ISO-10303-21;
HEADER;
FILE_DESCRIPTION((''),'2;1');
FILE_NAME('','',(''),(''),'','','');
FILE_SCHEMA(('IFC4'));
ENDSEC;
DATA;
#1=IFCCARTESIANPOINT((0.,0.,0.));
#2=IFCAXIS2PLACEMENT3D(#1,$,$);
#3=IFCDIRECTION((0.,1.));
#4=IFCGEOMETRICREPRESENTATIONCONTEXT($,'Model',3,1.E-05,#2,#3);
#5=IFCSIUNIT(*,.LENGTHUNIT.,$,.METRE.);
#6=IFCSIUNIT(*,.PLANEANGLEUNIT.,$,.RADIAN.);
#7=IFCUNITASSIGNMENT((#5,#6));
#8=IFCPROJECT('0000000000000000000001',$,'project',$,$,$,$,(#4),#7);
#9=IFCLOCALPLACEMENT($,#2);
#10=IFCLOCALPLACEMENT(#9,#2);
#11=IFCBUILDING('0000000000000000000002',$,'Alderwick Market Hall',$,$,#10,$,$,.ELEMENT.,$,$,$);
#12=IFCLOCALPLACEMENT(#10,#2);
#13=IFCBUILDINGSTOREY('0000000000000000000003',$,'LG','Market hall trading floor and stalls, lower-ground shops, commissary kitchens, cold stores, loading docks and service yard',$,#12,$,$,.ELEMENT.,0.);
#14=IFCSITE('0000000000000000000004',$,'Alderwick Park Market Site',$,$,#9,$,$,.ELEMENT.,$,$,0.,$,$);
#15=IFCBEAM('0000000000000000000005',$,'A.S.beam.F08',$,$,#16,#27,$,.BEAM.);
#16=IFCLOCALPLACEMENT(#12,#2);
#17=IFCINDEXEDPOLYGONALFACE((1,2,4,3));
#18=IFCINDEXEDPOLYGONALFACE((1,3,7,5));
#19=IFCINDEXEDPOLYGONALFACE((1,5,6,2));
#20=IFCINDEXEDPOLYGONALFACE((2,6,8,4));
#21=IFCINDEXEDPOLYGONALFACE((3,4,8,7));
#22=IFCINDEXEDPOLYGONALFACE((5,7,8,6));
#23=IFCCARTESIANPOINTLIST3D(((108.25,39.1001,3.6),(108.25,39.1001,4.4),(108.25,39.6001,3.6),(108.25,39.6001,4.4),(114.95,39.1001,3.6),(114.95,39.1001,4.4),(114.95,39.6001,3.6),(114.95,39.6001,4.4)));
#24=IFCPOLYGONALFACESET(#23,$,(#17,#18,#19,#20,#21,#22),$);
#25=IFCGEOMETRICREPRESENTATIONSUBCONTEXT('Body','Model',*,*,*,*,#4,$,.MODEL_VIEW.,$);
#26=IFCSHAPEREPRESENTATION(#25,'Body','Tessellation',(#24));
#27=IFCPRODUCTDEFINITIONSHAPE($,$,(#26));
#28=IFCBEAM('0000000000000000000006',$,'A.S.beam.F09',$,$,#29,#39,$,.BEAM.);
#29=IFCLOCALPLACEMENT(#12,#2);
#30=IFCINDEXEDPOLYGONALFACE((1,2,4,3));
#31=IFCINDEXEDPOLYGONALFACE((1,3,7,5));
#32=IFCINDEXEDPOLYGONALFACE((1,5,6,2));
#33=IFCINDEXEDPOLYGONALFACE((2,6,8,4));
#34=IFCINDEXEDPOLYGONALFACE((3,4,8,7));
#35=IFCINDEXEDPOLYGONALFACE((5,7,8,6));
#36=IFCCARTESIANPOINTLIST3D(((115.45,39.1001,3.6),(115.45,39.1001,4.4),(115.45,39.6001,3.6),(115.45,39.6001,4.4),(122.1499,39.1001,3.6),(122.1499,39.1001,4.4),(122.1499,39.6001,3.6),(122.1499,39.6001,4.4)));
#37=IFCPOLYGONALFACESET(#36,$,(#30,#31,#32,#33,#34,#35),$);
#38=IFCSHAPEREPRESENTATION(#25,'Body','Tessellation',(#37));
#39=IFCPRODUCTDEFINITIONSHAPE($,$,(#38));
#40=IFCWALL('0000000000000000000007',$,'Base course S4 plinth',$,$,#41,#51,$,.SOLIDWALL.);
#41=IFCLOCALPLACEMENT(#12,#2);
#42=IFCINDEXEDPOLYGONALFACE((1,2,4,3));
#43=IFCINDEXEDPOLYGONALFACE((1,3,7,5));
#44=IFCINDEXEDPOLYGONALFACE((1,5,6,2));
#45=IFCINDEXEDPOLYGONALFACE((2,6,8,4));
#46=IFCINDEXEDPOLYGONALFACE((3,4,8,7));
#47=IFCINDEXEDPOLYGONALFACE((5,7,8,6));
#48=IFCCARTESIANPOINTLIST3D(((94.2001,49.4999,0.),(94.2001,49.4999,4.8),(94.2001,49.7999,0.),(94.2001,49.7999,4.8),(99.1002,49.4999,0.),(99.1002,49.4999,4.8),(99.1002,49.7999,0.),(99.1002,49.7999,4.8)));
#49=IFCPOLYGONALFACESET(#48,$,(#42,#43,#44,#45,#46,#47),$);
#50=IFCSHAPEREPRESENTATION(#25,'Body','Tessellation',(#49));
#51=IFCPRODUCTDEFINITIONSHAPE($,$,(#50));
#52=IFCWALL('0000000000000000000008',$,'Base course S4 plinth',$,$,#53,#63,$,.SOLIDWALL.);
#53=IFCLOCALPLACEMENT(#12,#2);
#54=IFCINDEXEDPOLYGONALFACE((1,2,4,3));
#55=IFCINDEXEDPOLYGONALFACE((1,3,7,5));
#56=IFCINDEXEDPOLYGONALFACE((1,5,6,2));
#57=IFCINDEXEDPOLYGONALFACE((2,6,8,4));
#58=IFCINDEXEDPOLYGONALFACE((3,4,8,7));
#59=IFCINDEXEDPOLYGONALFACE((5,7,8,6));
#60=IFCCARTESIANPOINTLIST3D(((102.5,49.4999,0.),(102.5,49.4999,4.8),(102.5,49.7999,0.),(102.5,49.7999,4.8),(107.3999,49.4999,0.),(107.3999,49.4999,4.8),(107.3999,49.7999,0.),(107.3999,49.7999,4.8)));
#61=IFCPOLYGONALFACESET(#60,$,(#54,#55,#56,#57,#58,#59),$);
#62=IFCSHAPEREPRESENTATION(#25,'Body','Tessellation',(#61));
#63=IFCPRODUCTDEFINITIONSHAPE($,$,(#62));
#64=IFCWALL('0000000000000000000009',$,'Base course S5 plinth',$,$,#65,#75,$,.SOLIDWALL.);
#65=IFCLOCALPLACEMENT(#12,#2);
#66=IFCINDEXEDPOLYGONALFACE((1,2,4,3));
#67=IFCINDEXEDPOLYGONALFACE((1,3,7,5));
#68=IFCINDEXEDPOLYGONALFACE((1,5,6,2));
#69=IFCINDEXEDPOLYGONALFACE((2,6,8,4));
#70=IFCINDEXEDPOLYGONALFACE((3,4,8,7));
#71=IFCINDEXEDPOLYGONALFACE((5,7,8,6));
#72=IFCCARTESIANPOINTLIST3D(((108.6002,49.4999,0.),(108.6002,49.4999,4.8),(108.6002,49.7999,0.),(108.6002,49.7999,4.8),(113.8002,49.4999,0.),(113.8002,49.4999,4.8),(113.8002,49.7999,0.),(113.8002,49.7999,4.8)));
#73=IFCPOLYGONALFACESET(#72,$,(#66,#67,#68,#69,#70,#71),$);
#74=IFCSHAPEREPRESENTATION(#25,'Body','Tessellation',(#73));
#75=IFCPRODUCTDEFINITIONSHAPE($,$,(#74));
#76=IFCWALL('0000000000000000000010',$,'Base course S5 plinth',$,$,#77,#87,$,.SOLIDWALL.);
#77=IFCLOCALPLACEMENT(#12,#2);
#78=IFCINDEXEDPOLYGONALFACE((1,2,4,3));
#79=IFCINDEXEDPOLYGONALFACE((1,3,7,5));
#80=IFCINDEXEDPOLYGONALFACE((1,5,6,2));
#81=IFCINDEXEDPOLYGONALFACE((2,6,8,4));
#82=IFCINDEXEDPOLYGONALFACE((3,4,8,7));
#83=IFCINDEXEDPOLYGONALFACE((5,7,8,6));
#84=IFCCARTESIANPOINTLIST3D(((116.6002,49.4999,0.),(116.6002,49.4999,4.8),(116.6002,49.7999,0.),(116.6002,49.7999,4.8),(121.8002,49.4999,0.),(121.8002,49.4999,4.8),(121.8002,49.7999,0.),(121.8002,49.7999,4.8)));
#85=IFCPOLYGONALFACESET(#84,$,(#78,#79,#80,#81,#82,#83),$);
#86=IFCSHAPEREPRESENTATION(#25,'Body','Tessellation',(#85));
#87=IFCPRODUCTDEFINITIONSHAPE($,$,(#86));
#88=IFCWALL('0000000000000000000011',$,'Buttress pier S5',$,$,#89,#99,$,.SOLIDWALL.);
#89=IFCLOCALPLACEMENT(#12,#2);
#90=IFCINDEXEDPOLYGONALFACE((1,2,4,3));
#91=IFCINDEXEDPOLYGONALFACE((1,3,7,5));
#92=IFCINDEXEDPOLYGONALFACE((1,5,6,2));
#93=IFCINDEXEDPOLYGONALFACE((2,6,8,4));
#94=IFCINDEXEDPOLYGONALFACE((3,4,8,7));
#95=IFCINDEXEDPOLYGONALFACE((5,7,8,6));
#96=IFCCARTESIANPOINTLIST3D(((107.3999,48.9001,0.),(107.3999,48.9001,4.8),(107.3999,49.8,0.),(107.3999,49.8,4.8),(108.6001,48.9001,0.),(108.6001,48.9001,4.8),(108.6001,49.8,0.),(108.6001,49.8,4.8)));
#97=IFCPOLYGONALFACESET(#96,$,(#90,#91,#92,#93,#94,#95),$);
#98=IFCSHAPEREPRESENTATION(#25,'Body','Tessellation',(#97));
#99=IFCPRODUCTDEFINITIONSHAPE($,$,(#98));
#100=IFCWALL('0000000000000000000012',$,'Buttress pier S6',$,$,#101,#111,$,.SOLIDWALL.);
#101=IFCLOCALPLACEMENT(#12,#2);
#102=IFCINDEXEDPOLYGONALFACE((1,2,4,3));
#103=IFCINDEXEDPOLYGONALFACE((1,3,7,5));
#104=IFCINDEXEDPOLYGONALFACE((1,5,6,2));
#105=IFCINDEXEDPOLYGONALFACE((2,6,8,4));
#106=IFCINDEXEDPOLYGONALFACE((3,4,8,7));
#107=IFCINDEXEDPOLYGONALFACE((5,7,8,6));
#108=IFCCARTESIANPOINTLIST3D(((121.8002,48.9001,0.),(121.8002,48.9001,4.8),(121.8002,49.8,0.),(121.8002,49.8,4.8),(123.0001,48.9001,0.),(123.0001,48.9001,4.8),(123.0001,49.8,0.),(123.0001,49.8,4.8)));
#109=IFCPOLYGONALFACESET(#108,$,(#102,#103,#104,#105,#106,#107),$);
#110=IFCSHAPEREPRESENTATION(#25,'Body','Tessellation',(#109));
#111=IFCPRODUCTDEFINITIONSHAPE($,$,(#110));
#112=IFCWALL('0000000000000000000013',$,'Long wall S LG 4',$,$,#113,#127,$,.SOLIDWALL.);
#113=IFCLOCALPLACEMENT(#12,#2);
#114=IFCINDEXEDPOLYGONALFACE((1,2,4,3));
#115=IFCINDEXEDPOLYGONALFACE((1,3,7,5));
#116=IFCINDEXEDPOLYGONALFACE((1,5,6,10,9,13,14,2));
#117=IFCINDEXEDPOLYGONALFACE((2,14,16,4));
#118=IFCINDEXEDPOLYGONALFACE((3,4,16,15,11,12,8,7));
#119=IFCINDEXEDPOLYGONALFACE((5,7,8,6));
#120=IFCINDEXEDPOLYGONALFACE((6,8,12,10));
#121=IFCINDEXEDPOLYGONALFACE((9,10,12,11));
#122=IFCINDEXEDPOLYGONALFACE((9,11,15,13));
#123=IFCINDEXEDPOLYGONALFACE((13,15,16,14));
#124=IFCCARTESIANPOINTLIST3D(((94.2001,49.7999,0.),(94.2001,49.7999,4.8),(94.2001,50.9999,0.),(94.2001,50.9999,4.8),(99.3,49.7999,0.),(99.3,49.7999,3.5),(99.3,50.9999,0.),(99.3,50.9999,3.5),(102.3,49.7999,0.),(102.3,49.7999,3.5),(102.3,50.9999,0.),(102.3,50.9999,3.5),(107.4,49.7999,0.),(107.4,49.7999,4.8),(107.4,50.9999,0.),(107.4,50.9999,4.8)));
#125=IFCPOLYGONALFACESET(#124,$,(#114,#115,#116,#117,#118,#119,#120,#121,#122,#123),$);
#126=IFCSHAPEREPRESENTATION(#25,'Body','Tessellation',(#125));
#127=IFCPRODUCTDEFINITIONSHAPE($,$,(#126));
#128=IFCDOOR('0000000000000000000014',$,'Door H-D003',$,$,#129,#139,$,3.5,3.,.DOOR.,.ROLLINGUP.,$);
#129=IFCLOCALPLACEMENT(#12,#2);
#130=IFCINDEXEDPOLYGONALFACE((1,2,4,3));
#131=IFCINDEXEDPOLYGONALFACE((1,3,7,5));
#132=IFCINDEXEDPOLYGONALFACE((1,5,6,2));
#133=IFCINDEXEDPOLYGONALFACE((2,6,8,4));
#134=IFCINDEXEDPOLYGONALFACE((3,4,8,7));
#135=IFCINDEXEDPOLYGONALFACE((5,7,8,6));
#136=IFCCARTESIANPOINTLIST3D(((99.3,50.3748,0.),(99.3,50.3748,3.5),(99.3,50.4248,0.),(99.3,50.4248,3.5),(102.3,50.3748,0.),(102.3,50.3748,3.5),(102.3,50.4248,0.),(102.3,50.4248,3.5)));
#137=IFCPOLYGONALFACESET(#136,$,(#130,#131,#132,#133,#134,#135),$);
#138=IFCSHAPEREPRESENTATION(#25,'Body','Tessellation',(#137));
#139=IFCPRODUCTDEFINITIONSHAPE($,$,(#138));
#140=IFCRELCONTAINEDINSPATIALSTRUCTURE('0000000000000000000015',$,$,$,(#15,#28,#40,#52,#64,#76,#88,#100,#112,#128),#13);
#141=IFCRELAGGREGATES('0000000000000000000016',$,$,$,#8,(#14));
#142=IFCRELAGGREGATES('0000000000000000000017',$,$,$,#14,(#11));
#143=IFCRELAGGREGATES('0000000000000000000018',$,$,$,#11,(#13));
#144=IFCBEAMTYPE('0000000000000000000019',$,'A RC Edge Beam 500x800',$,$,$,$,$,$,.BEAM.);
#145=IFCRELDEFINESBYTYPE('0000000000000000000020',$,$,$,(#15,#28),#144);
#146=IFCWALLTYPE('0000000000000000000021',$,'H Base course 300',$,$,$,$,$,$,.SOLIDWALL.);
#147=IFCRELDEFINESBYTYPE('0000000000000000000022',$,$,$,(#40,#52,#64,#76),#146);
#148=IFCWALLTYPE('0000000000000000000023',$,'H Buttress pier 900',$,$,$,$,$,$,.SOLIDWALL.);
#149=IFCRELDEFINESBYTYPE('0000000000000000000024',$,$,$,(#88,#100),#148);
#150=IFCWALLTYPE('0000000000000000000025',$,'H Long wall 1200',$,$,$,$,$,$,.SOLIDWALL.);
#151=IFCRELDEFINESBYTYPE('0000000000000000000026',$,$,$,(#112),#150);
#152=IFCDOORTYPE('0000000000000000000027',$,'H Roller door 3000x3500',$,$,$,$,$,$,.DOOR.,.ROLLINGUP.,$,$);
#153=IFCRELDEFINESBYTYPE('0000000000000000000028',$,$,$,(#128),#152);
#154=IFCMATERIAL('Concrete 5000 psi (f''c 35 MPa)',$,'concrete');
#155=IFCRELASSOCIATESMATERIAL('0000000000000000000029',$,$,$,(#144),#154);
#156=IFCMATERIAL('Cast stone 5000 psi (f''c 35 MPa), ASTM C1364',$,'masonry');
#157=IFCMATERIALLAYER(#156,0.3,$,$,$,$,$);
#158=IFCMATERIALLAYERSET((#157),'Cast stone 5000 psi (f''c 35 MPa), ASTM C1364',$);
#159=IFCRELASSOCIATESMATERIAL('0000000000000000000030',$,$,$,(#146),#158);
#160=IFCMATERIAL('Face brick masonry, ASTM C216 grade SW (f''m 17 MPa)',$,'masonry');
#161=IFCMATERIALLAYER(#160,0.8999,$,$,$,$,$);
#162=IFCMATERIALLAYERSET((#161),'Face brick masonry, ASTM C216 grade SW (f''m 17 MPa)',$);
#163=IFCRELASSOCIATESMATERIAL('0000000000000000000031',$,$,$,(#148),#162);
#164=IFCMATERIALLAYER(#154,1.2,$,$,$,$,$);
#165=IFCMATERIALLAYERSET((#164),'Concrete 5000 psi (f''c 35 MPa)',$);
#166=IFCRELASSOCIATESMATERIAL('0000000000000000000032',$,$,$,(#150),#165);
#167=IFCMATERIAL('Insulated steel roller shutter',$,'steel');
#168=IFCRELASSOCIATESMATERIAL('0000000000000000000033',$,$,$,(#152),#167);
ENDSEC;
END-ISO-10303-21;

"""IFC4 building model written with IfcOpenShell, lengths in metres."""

from ifc_helpers import new_model, si_unit, direction, frame, frame_2d, origin, origin_2d, place, context, subcontext, project, spatial, rectangle, extrude, material, layer, layer_set, material_profile, profile_set, type_object, element, fill, save


model = new_model("IFC4")

# Units and contexts
model_context = context("Model", 3, precision=1e-05, world=origin(), true_north=direction((0.0, 1.0)))
body_context = subcontext(model_context, "Body", "Model", "MODEL_VIEW")
ifc_project = project(units=[si_unit("LENGTHUNIT", "METRE"), si_unit("PLANEANGLEUNIT", "RADIAN")], contexts=[model_context])

# Site, building, storey
site_placement = place(None, origin())
site = spatial("IfcSite", under=ifc_project, at=site_placement, Name="Alderwick Park Market Site", CompositionType="ELEMENT", RefElevation=0.0)
building_placement = place(site_placement, origin())
building = spatial("IfcBuilding", under=site, at=building_placement, Name="Alderwick Market Hall", CompositionType="ELEMENT")
storey_placement = place(building_placement, origin())
storey = spatial("IfcBuildingStorey", under=building, at=storey_placement, Name="LG", Description="Market hall trading floor and stalls, lower-ground shops, commissary kitchens, cold stores, loading docks and service yard", CompositionType="ELEMENT", Elevation=0.0)

# Shared definitions
ifc_material_1 = material(Name="Concrete 5000 psi (f'c 35 MPa)", Category="concrete")

# Beams
ifc_material_profile_1 = material_profile(ifc_material_1, rectangle(XDim=0.5, YDim=0.8, at=origin_2d()), Name="A RC Edge Beam 500x800")
ifc_profile_set_1 = profile_set([ifc_material_profile_1], Name="Concrete 5000 psi (f'c 35 MPa)")
beam_type_1 = type_object("IfcBeamType", Name="A RC Edge Beam 500x800", PredefinedType="BEAM", material=ifc_profile_set_1)
for number, where, z_axis, x_axis, name in (
    (1, (108.25, 39.3501, 4.0), (1.0, 0.0, 0.0), (0.0, 1.0, 0.0), "A.S.beam.F08"),
    (2, (115.45, 39.3501, 4.0), (1.0, 0.0, 0.0), (0.0, 1.0, 0.0), "A.S.beam.F09"),
):
    element("IfcBeam", number, at=place(storey_placement, frame(where, z_axis=z_axis, x_axis=x_axis)), inside=storey, type_object=beam_type_1, Name=name, PredefinedType="BEAM", context=body_context, shape_type="SweptSolid", body=[
        extrude(rectangle(XDim=0.5, YDim=0.8, at=origin_2d()), origin(), (0.0, 0.0, 1.0), 6.7),
    ])

# Walls
ifc_material_2 = material(Name="Cast stone 5000 psi (f'c 35 MPa), ASTM C1364", Category="masonry")
ifc_layer_1 = layer(ifc_material_2, 0.3)
ifc_layer_set_1 = layer_set([ifc_layer_1], Name="Cast stone 5000 psi (f'c 35 MPa), ASTM C1364")
wall_type_1 = type_object("IfcWallType", Name="H Base course 300", PredefinedType="SOLIDWALL", material=ifc_layer_set_1)
wall_1_placement = place(storey_placement, frame((94.2, 49.6499, 0.0), z_axis=(0.0, 0.0, 1.0), x_axis=(1.0, 0.0, 0.0)))
element("IfcWall", 3, at=wall_1_placement, inside=storey, type_object=wall_type_1, Name="Base course S4 plinth", PredefinedType="SOLIDWALL", context=body_context, shape_type="SweptSolid", body=[
    extrude(rectangle(XDim=4.9001, YDim=0.3, at=frame_2d((2.4502, 0.0))), origin(), (0.0, 0.0, 1.0), 4.8),
])
wall_2_placement = place(storey_placement, frame((102.5, 49.6499, 0.0), z_axis=(0.0, 0.0, 1.0), x_axis=(1.0, 0.0, 0.0)))
element("IfcWall", 4, at=wall_2_placement, inside=storey, type_object=wall_type_1, Name="Base course S4 plinth", PredefinedType="SOLIDWALL", context=body_context, shape_type="SweptSolid", body=[
    extrude(rectangle(XDim=4.8999, YDim=0.3, at=frame_2d((2.45, 0.0))), origin(), (0.0, 0.0, 1.0), 4.8),
])
for number, where, z_axis, x_axis, name in (
    (5, (108.6001, 49.6499, 0.0), (0.0, 0.0, 1.0), (1.0, 0.0, 0.0), "Base course S5 plinth"),
    (6, (116.6001, 49.6499, 0.0), (0.0, 0.0, 1.0), (1.0, 0.0, 0.0), "Base course S5 plinth"),
):
    element("IfcWall", number, at=place(storey_placement, frame(where, z_axis=z_axis, x_axis=x_axis)), inside=storey, type_object=wall_type_1, Name=name, PredefinedType="SOLIDWALL", context=body_context, shape_type="SweptSolid", body=[
        extrude(rectangle(XDim=5.2, YDim=0.3, at=frame_2d((2.6001, 0.0))), origin(), (0.0, 0.0, 1.0), 4.8),
    ])
ifc_material_3 = material(Name="Face brick masonry, ASTM C216 grade SW (f'm 17 MPa)", Category="masonry")
ifc_layer_2 = layer(ifc_material_3, 0.8999)
ifc_layer_set_2 = layer_set([ifc_layer_2], Name="Face brick masonry, ASTM C216 grade SW (f'm 17 MPa)")
wall_type_2 = type_object("IfcWallType", Name="H Buttress pier 900", PredefinedType="SOLIDWALL", material=ifc_layer_set_2)
wall_3_placement = place(storey_placement, frame((107.3999, 49.3501, 0.0), z_axis=(0.0, 0.0, 1.0), x_axis=(1.0, 0.0, 0.0)))
element("IfcWall", 7, at=wall_3_placement, inside=storey, type_object=wall_type_2, Name="Buttress pier S5", PredefinedType="SOLIDWALL", context=body_context, shape_type="SweptSolid", body=[
    extrude(rectangle(XDim=1.2002, YDim=0.8999, at=frame_2d((0.6001, 0.0))), origin(), (0.0, 0.0, 1.0), 4.8),
])
wall_4_placement = place(storey_placement, frame((121.8, 49.3501, 0.0), z_axis=(0.0, 0.0, 1.0), x_axis=(1.0, 0.0, 0.0)))
element("IfcWall", 8, at=wall_4_placement, inside=storey, type_object=wall_type_2, Name="Buttress pier S6", PredefinedType="SOLIDWALL", context=body_context, shape_type="SweptSolid", body=[
    extrude(rectangle(XDim=1.2, YDim=0.8999, at=frame_2d((0.6001, 0.0))), origin(), (0.0, 0.0, 1.0), 4.8),
])

# Wall, opening, door
ifc_layer_3 = layer(ifc_material_1, 1.2)
ifc_layer_set_3 = layer_set([ifc_layer_3], Name="Concrete 5000 psi (f'c 35 MPa)")
wall_type_3 = type_object("IfcWallType", Name="H Long wall 1200", PredefinedType="SOLIDWALL", material=ifc_layer_set_3)
wall_5_placement = place(storey_placement, frame((94.2, 50.3999, 0.0), z_axis=(0.0, 0.0, 1.0), x_axis=(1.0, 0.0, 0.0)))
wall_5 = element("IfcWall", 9, at=wall_5_placement, inside=storey, type_object=wall_type_3, Name="Long wall S LG 4", PredefinedType="SOLIDWALL", context=body_context, shape_type="SweptSolid", body=[
    extrude(rectangle(XDim=13.2, YDim=1.2, at=frame_2d((6.6001, 0.0))), origin(), (0.0, 0.0, 1.0), 4.8),
])
opening_1_placement = place(wall_5_placement, frame((5.1001, 0.0, 0.0)))
opening_1 = element("IfcOpeningElement", 10, at=opening_1_placement, cuts=wall_5, PredefinedType="OPENING", context=body_context, shape_type="SweptSolid", body=[
    extrude(rectangle(XDim=3.0, YDim=3.5, at=frame_2d((1.5, 1.75))), frame((0.0, 0.6099, 0.0), z_axis=(0.0, -1.0, 0.0), x_axis=(1.0, 0.0, 0.0)), (0.0, 0.0, 1.0), 1.22),
])
ifc_material_4 = material(Name="Insulated steel roller shutter", Category="steel")
door_type_1 = type_object("IfcDoorType", Name="H Roller door 3000x3500", OperationType="ROLLINGUP", PredefinedType="DOOR", material=ifc_material_4)
door_1_placement = place(opening_1_placement, origin())
door_1 = element("IfcDoor", 11, at=door_1_placement, inside=storey, type_object=door_type_1, Name="Door H-D003", OperationType="ROLLINGUP", OverallHeight=3.5, OverallWidth=3.0, PredefinedType="DOOR", context=body_context, shape_type="SweptSolid", body=[
    extrude(rectangle(XDim=3.0, YDim=3.5, at=frame_2d((1.5, 1.75))), frame((0.0, 0.0249, 0.0), z_axis=(0.0, -1.0, 0.0), x_axis=(1.0, 0.0, 0.0)), (0.0, 0.0, 1.0), 0.05),
])
fill(opening_1, door_1)

save(model, "model.ifc")
